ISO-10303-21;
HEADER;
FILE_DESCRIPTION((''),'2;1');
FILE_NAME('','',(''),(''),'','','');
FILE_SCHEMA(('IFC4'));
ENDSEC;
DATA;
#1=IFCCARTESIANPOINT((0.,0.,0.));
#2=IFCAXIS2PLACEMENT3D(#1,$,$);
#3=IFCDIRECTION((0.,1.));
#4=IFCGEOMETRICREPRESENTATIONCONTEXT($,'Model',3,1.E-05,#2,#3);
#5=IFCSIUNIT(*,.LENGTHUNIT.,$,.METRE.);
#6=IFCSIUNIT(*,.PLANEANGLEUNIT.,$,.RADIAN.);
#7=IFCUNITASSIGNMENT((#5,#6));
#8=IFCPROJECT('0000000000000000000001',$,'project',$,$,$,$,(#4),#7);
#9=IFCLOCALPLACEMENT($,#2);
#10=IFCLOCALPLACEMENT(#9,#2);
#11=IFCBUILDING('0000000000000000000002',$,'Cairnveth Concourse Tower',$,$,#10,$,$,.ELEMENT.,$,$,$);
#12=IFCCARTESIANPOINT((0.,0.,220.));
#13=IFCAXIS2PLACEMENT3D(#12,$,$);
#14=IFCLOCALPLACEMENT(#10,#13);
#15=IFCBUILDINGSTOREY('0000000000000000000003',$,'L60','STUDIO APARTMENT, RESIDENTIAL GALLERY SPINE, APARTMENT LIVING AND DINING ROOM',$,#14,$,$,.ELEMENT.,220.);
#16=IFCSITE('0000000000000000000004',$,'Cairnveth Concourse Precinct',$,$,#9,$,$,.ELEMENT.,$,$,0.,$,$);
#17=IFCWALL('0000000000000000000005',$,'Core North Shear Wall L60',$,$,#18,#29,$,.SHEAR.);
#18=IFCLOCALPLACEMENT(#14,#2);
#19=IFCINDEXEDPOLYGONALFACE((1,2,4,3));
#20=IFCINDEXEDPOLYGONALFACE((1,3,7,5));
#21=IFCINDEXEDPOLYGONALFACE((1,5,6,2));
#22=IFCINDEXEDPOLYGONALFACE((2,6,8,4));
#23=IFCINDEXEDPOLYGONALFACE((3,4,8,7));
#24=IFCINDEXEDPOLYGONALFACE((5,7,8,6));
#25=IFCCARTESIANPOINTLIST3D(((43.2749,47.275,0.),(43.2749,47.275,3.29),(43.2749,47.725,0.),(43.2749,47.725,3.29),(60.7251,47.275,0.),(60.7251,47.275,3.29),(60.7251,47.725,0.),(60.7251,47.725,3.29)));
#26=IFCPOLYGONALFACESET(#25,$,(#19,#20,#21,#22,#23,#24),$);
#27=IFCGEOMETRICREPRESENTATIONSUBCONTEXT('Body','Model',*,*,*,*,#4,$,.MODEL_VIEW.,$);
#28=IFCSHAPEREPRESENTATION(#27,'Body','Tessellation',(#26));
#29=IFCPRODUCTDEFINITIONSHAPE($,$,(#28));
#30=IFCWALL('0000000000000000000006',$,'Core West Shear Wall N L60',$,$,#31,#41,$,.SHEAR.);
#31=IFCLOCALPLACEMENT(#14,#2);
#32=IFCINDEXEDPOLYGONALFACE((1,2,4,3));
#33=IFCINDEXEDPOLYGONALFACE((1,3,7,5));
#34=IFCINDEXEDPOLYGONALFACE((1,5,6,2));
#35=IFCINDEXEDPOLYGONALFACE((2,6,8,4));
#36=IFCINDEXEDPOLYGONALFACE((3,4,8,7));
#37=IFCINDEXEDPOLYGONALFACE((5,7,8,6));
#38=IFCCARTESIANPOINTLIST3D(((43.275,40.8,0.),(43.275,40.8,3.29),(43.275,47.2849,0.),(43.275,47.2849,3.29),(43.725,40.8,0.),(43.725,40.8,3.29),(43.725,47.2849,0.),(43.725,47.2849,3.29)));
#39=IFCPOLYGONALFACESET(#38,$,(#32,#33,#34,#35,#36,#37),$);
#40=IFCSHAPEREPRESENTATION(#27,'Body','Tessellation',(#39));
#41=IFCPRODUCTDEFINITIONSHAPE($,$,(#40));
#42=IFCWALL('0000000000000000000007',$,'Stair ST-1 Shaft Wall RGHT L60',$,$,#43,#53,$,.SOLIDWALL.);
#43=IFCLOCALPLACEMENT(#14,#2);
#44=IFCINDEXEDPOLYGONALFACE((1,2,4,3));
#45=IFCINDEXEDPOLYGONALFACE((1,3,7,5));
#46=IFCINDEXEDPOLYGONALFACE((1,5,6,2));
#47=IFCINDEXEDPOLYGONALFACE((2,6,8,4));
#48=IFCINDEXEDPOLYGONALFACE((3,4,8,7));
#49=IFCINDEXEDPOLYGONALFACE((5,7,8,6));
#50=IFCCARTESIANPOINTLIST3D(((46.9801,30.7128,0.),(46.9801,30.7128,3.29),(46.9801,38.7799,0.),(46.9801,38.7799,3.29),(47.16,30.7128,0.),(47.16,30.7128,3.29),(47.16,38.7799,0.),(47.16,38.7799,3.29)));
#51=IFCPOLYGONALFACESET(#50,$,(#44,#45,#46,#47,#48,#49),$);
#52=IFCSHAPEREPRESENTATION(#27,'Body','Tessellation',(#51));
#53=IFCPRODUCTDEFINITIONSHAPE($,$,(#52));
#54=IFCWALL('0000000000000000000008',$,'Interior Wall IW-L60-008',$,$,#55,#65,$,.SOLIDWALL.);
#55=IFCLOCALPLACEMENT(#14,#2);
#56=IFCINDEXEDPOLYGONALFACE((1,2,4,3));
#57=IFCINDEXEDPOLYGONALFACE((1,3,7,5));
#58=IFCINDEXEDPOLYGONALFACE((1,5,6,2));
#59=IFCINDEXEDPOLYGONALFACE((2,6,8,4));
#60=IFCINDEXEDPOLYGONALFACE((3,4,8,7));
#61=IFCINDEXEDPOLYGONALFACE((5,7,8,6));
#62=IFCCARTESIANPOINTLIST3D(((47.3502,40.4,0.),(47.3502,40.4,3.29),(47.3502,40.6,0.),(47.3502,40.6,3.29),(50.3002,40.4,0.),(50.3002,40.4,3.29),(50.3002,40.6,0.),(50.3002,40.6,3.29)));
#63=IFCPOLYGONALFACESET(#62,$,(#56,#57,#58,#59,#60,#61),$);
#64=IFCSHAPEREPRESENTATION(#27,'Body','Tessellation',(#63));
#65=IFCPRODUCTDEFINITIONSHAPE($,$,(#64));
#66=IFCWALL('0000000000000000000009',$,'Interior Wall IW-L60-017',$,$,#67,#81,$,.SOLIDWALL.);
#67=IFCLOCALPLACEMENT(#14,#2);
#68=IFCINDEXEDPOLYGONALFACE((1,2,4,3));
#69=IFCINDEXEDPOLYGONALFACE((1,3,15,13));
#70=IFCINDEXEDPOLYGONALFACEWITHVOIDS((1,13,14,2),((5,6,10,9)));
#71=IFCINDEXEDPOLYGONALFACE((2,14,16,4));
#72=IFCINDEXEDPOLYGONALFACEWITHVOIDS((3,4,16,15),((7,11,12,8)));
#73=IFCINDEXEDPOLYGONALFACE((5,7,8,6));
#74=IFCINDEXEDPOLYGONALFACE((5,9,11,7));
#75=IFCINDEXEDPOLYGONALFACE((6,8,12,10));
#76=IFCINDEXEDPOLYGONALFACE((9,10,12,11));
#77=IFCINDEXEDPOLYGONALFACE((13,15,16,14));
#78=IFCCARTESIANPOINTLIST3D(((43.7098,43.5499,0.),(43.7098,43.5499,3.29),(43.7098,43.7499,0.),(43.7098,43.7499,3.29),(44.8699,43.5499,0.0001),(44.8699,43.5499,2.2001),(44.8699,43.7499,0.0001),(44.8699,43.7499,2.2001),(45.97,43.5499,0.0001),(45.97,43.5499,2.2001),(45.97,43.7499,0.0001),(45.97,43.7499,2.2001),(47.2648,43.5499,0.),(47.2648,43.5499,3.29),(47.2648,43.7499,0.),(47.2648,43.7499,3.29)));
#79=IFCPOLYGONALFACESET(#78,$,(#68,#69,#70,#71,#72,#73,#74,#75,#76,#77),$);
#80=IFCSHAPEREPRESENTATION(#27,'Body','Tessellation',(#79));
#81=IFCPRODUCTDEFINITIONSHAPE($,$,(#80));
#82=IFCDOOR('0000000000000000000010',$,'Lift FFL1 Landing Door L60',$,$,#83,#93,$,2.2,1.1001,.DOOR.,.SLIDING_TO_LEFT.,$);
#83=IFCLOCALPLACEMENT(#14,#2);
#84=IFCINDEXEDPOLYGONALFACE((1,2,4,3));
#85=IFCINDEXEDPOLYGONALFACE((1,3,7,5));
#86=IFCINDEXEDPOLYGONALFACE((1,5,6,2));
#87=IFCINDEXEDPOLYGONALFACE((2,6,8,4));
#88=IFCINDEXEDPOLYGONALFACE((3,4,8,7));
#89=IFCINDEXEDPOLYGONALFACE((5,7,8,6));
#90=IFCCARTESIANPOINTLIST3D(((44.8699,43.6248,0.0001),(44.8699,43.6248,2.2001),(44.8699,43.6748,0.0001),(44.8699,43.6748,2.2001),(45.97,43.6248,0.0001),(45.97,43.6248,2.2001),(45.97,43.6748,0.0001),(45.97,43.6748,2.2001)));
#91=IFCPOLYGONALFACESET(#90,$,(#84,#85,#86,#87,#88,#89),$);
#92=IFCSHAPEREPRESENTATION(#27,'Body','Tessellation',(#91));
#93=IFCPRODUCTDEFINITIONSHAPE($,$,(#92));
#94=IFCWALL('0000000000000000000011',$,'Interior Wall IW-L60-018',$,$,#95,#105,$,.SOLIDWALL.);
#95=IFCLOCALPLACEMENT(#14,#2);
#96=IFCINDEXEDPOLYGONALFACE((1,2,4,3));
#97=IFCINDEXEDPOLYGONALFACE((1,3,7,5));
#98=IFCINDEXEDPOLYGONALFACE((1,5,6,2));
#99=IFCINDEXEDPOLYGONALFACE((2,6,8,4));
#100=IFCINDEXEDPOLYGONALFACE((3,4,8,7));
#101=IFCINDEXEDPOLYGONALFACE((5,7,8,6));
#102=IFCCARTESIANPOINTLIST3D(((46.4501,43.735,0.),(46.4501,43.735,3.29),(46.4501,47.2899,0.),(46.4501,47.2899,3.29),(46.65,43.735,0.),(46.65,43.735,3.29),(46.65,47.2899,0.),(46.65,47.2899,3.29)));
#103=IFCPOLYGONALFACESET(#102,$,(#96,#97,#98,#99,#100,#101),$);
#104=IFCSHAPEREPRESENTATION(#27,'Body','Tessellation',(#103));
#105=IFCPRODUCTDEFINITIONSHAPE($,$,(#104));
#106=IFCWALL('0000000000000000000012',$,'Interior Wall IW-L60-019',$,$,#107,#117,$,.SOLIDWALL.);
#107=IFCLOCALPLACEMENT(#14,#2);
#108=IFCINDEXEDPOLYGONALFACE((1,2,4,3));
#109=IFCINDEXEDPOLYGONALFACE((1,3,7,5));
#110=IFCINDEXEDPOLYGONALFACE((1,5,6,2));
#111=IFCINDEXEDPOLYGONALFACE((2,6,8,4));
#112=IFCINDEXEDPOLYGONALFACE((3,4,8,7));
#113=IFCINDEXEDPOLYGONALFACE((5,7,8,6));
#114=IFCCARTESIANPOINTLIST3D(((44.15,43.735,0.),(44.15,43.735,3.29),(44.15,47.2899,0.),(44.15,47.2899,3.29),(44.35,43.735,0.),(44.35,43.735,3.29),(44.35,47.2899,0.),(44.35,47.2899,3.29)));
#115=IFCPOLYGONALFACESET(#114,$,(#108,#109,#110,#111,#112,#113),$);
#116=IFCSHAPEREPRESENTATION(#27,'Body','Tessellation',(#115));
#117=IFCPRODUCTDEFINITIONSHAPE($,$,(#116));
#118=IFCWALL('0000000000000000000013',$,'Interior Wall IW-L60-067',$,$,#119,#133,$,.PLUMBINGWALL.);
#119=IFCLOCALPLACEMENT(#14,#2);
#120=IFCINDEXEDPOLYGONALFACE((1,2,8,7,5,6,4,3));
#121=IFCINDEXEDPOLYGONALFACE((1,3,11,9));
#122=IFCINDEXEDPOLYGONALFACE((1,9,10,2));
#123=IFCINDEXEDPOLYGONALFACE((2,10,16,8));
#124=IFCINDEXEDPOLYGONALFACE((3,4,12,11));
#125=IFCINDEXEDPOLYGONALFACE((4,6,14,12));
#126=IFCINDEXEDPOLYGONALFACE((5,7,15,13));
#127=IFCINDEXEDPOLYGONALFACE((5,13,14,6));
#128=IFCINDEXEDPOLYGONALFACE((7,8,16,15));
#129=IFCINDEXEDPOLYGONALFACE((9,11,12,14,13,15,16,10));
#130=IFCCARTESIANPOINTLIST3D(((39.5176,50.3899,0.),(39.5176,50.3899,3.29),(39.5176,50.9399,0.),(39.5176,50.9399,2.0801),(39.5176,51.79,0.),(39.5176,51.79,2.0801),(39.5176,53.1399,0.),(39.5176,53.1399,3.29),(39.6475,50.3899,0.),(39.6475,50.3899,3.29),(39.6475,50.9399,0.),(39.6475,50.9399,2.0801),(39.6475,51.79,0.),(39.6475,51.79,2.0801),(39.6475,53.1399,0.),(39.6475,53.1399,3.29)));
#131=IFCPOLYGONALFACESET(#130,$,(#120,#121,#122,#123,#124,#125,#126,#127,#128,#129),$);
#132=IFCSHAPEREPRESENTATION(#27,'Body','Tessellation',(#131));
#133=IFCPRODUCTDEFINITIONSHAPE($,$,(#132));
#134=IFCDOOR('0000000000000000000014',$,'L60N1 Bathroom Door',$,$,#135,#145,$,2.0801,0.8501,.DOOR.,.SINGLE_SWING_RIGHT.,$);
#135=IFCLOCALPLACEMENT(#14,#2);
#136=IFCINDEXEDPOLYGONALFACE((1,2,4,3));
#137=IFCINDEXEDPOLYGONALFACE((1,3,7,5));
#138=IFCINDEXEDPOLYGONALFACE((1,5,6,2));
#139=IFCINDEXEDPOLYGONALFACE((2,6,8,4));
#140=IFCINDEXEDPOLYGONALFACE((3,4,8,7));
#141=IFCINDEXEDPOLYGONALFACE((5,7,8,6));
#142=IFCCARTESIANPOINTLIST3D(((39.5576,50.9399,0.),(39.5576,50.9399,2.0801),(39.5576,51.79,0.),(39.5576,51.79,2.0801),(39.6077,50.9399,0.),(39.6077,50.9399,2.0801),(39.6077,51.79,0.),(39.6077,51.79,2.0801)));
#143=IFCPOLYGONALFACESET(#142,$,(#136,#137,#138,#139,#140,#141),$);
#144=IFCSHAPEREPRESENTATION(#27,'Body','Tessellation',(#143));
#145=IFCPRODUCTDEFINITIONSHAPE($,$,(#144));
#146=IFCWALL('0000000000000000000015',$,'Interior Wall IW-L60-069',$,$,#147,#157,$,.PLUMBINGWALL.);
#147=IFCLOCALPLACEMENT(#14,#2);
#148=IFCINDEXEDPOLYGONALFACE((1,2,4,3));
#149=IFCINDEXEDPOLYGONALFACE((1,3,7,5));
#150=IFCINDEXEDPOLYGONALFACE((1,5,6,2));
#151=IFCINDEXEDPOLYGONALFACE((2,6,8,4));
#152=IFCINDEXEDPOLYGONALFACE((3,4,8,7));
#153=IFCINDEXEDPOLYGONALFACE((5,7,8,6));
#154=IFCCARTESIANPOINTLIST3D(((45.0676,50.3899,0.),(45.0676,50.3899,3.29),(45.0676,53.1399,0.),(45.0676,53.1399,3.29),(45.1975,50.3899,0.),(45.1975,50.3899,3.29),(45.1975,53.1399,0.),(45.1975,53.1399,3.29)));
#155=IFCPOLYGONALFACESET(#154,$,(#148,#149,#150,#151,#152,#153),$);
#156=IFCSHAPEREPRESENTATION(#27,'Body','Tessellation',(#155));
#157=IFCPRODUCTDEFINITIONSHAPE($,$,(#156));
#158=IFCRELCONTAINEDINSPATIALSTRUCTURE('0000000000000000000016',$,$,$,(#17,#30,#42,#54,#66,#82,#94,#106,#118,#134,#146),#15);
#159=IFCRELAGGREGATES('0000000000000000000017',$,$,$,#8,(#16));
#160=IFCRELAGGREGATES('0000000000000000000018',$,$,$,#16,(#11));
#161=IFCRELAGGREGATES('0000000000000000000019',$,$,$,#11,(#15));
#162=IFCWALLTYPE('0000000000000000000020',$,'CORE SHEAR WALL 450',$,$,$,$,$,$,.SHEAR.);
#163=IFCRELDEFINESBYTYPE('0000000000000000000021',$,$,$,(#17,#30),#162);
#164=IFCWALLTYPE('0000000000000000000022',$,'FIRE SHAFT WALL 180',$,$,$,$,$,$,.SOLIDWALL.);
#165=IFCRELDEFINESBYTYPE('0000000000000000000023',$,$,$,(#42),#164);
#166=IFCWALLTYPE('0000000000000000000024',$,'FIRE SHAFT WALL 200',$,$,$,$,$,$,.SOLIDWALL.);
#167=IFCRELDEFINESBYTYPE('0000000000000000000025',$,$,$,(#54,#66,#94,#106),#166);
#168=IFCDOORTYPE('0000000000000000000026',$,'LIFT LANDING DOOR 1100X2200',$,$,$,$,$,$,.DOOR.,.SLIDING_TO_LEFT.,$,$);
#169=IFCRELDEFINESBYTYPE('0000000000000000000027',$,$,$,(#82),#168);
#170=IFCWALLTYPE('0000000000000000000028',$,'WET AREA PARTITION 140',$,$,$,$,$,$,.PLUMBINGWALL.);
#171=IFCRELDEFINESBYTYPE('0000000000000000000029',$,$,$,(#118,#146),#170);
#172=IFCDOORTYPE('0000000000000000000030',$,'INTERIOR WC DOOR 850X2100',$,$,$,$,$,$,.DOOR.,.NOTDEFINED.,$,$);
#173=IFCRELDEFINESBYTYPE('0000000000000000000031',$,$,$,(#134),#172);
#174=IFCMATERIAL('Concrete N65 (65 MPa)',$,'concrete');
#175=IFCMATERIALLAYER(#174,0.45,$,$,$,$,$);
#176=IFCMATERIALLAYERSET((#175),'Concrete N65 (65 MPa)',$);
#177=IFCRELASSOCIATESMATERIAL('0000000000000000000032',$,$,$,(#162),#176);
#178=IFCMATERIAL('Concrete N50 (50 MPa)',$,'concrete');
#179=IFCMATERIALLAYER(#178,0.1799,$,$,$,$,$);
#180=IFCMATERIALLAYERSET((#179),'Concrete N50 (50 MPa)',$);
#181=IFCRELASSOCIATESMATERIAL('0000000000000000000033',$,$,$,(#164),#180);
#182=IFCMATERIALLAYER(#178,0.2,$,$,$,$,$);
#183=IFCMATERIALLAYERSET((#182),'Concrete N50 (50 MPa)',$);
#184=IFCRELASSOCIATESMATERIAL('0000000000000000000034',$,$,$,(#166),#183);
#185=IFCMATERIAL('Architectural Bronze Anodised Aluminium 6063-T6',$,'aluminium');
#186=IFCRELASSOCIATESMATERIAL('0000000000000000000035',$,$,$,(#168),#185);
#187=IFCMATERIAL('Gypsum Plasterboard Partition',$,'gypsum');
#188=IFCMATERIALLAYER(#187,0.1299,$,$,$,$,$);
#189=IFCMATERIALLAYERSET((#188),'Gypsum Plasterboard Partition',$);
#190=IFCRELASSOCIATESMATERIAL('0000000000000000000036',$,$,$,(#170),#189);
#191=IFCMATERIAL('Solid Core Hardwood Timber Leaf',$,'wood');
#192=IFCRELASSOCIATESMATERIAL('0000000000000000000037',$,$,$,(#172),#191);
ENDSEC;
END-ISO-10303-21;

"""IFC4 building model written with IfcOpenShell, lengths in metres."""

from ifc_helpers import new_model, si_unit, direction, frame, frame_2d, origin, place, context, subcontext, project, spatial, rectangle, extrude, material, layer, layer_set, type_object, element, fill, save


model = new_model("IFC4")

# Units and contexts
model_context = context("Model", 3, precision=1e-05, world=origin(), true_north=direction((0.0, 1.0)))
body_context = subcontext(model_context, "Body", "Model", "MODEL_VIEW")
ifc_project = project(units=[si_unit("LENGTHUNIT", "METRE"), si_unit("PLANEANGLEUNIT", "RADIAN")], contexts=[model_context])

# Site, building, storey
site_placement = place(None, origin())
site = spatial("IfcSite", under=ifc_project, at=site_placement, Name="Cairnveth Concourse Precinct", CompositionType="ELEMENT", RefElevation=0.0)
building_placement = place(site_placement, origin())
building = spatial("IfcBuilding", under=site, at=building_placement, Name="Cairnveth Concourse Tower", CompositionType="ELEMENT")
storey_placement = place(building_placement, frame((0.0, 0.0, 220.0)))
storey = spatial("IfcBuildingStorey", under=building, at=storey_placement, Name="L60", Description="STUDIO APARTMENT, RESIDENTIAL GALLERY SPINE, APARTMENT LIVING AND DINING ROOM", CompositionType="ELEMENT", Elevation=220.0)

# Shared definitions
ifc_material_1 = material(Name="Concrete N65 (65 MPa)", Category="concrete")

# Walls
ifc_layer_1 = layer(ifc_material_1, 0.45)
ifc_layer_set_1 = layer_set([ifc_layer_1], Name="Concrete N65 (65 MPa)")
wall_type_1 = type_object("IfcWallType", Name="CORE SHEAR WALL 450", PredefinedType="SHEAR", material=ifc_layer_set_1)
wall_1_placement = place(storey_placement, frame((43.2749, 47.5, 0.0), z_axis=(0.0, 0.0, 1.0), x_axis=(1.0, 0.0, 0.0)))
element("IfcWall", 1, at=wall_1_placement, inside=storey, type_object=wall_type_1, Name="Core North Shear Wall L60", PredefinedType="SHEAR", context=body_context, shape_type="SweptSolid", body=[
    extrude(rectangle(XDim=17.4502, YDim=0.45, at=frame_2d((8.7251, 0.0))), origin(), (0.0, 0.0, 1.0), 3.29),
])
wall_2_placement = place(storey_placement, frame((43.5, 40.8, 0.0), z_axis=(0.0, 0.0, 1.0), x_axis=(0.0, 1.0, 0.0)))
element("IfcWall", 2, at=wall_2_placement, inside=storey, type_object=wall_type_1, Name="Core West Shear Wall N L60", PredefinedType="SHEAR", context=body_context, shape_type="SweptSolid", body=[
    extrude(rectangle(XDim=6.4849, YDim=0.45, at=frame_2d((3.2424, 0.0))), origin(), (0.0, 0.0, 1.0), 3.29),
])
ifc_material_2 = material(Name="Concrete N50 (50 MPa)", Category="concrete")
ifc_layer_2 = layer(ifc_material_2, 0.1799)
ifc_layer_set_2 = layer_set([ifc_layer_2], Name="Concrete N50 (50 MPa)")
wall_type_2 = type_object("IfcWallType", Name="FIRE SHAFT WALL 180", PredefinedType="SOLIDWALL", material=ifc_layer_set_2)
wall_3_placement = place(storey_placement, frame((47.0701, 38.78, 0.0), z_axis=(0.0, 0.0, 1.0), x_axis=(0.0, -1.0, 0.0)))
element("IfcWall", 3, at=wall_3_placement, inside=storey, type_object=wall_type_2, Name="Stair ST-1 Shaft Wall RGHT L60", PredefinedType="SOLIDWALL", context=body_context, shape_type="SweptSolid", body=[
    extrude(rectangle(XDim=8.0671, YDim=0.1799, at=frame_2d((4.0337, 0.0))), origin(), (0.0, 0.0, 1.0), 3.29),
])
ifc_layer_3 = layer(ifc_material_2, 0.2)
ifc_layer_set_3 = layer_set([ifc_layer_3], Name="Concrete N50 (50 MPa)")
wall_type_3 = type_object("IfcWallType", Name="FIRE SHAFT WALL 200", PredefinedType="SOLIDWALL", material=ifc_layer_set_3)
wall_4_placement = place(storey_placement, frame((47.3501, 40.5, 0.0), z_axis=(0.0, 0.0, 1.0), x_axis=(1.0, 0.0, 0.0)))
element("IfcWall", 4, at=wall_4_placement, inside=storey, type_object=wall_type_3, Name="Interior Wall IW-L60-008", PredefinedType="SOLIDWALL", context=body_context, shape_type="SweptSolid", body=[
    extrude(rectangle(XDim=2.95, YDim=0.2, at=frame_2d((1.4751, 0.0))), origin(), (0.0, 0.0, 1.0), 3.29),
])

# Wall, opening, door
wall_5_placement = place(storey_placement, frame((43.71, 43.6499, 0.0), z_axis=(0.0, 0.0, 1.0), x_axis=(1.0, 0.0, 0.0)))
wall_5 = element("IfcWall", 5, at=wall_5_placement, inside=storey, type_object=wall_type_3, Name="Interior Wall IW-L60-017", PredefinedType="SOLIDWALL", context=body_context, shape_type="SweptSolid", body=[
    extrude(rectangle(XDim=3.5549, YDim=0.2, at=frame_2d((1.7773, 0.0))), origin(), (0.0, 0.0, 1.0), 3.29),
])
opening_1_placement = place(wall_5_placement, frame((1.1599, 0.0, 0.0)))
opening_1 = element("IfcOpeningElement", 6, at=opening_1_placement, cuts=wall_5, PredefinedType="OPENING", context=body_context, shape_type="SweptSolid", body=[
    extrude(rectangle(XDim=1.1001, YDim=2.2, at=frame_2d((0.55, 1.1001))), frame((0.0, 0.1099, 0.0), z_axis=(0.0, -1.0, 0.0), x_axis=(1.0, 0.0, 0.0)), (0.0, 0.0, 1.0), 0.22),
])
ifc_material_3 = material(Name="Architectural Bronze Anodised Aluminium 6063-T6", Category="aluminium")
door_type_1 = type_object("IfcDoorType", Name="LIFT LANDING DOOR 1100X2200", OperationType="SLIDING_TO_LEFT", PredefinedType="DOOR", material=ifc_material_3)
door_1_placement = place(opening_1_placement, origin())
door_1 = element("IfcDoor", 7, at=door_1_placement, inside=storey, type_object=door_type_1, Name="Lift FFL1 Landing Door L60", OperationType="SLIDING_TO_LEFT", OverallHeight=2.2, OverallWidth=1.1001, PredefinedType="DOOR", context=body_context, shape_type="SweptSolid", body=[
    extrude(rectangle(XDim=1.1001, YDim=2.2, at=frame_2d((0.55, 1.1001))), frame((0.0, 0.0249, 0.0), z_axis=(0.0, -1.0, 0.0), x_axis=(1.0, 0.0, 0.0)), (0.0, 0.0, 1.0), 0.05),
])
fill(opening_1, door_1)

# Walls
for number, where, z_axis, x_axis, name in (
    (8, (46.55, 43.7351, 0.0), (0.0, 0.0, 1.0), (0.0, 1.0, 0.0), "Interior Wall IW-L60-018"),
    (9, (44.25, 43.7351, 0.0), (0.0, 0.0, 1.0), (0.0, 1.0, 0.0), "Interior Wall IW-L60-019"),
):
    element("IfcWall", number, at=place(storey_placement, frame(where, z_axis=z_axis, x_axis=x_axis)), inside=storey, type_object=wall_type_3, Name=name, PredefinedType="SOLIDWALL", context=body_context, shape_type="SweptSolid", body=[
        extrude(rectangle(XDim=3.5549, YDim=0.2, at=frame_2d((1.7773, 0.0))), origin(), (0.0, 0.0, 1.0), 3.29),
    ])

# Wall, opening, door
ifc_material_4 = material(Name="Gypsum Plasterboard Partition", Category="gypsum")
ifc_layer_4 = layer(ifc_material_4, 0.1299)
ifc_layer_set_4 = layer_set([ifc_layer_4], Name="Gypsum Plasterboard Partition")
wall_type_4 = type_object("IfcWallType", Name="WET AREA PARTITION 140", PredefinedType="PLUMBINGWALL", material=ifc_layer_set_4)
wall_6_placement = place(storey_placement, frame((39.5825, 50.3899, 0.0), z_axis=(0.0, 0.0, 1.0), x_axis=(0.0, 1.0, 0.0)))
wall_6 = element("IfcWall", 10, at=wall_6_placement, inside=storey, type_object=wall_type_4, Name="Interior Wall IW-L60-067", PredefinedType="PLUMBINGWALL", context=body_context, shape_type="SweptSolid", body=[
    extrude(rectangle(XDim=2.75, YDim=0.1299, at=frame_2d((1.375, 0.0))), origin(), (0.0, 0.0, 1.0), 3.29),
])
opening_2_placement = place(wall_6_placement, frame((0.55, 0.0, 0.0)))
opening_2 = element("IfcOpeningElement", 11, at=opening_2_placement, cuts=wall_6, PredefinedType="OPENING", context=body_context, shape_type="SweptSolid", body=[
    extrude(rectangle(XDim=0.8501, YDim=2.0801, at=frame_2d((0.425, 1.04))), frame((0.0, 0.075, 0.0), z_axis=(0.0, -1.0, 0.0), x_axis=(1.0, 0.0, 0.0)), (0.0, 0.0, 1.0), 0.1499),
])
ifc_material_5 = material(Name="Solid Core Hardwood Timber Leaf", Category="wood")
door_type_2 = type_object("IfcDoorType", Name="INTERIOR WC DOOR 850X2100", OperationType="NOTDEFINED", PredefinedType="DOOR", material=ifc_material_5)
door_2_placement = place(opening_2_placement, origin())
door_2 = element("IfcDoor", 12, at=door_2_placement, inside=storey, type_object=door_type_2, Name="L60N1 Bathroom Door", OperationType="SINGLE_SWING_RIGHT", OverallHeight=2.0801, OverallWidth=0.8501, PredefinedType="DOOR", context=body_context, shape_type="SweptSolid", body=[
    extrude(rectangle(XDim=0.8501, YDim=2.0801, at=frame_2d((0.425, 1.04))), frame((0.0, 0.0249, 0.0), z_axis=(0.0, -1.0, 0.0), x_axis=(1.0, 0.0, 0.0)), (0.0, 0.0, 1.0), 0.05),
])
fill(opening_2, door_2)

# Wall
wall_7_placement = place(storey_placement, frame((45.1326, 50.3899, 0.0), z_axis=(0.0, 0.0, 1.0), x_axis=(0.0, 1.0, 0.0)))
element("IfcWall", 13, at=wall_7_placement, inside=storey, type_object=wall_type_4, Name="Interior Wall IW-L60-069", PredefinedType="PLUMBINGWALL", context=body_context, shape_type="SweptSolid", body=[
    extrude(rectangle(XDim=2.75, YDim=0.1299, at=frame_2d((1.375, 0.0))), origin(), (0.0, 0.0, 1.0), 3.29),
])

save(model, "model.ifc")
